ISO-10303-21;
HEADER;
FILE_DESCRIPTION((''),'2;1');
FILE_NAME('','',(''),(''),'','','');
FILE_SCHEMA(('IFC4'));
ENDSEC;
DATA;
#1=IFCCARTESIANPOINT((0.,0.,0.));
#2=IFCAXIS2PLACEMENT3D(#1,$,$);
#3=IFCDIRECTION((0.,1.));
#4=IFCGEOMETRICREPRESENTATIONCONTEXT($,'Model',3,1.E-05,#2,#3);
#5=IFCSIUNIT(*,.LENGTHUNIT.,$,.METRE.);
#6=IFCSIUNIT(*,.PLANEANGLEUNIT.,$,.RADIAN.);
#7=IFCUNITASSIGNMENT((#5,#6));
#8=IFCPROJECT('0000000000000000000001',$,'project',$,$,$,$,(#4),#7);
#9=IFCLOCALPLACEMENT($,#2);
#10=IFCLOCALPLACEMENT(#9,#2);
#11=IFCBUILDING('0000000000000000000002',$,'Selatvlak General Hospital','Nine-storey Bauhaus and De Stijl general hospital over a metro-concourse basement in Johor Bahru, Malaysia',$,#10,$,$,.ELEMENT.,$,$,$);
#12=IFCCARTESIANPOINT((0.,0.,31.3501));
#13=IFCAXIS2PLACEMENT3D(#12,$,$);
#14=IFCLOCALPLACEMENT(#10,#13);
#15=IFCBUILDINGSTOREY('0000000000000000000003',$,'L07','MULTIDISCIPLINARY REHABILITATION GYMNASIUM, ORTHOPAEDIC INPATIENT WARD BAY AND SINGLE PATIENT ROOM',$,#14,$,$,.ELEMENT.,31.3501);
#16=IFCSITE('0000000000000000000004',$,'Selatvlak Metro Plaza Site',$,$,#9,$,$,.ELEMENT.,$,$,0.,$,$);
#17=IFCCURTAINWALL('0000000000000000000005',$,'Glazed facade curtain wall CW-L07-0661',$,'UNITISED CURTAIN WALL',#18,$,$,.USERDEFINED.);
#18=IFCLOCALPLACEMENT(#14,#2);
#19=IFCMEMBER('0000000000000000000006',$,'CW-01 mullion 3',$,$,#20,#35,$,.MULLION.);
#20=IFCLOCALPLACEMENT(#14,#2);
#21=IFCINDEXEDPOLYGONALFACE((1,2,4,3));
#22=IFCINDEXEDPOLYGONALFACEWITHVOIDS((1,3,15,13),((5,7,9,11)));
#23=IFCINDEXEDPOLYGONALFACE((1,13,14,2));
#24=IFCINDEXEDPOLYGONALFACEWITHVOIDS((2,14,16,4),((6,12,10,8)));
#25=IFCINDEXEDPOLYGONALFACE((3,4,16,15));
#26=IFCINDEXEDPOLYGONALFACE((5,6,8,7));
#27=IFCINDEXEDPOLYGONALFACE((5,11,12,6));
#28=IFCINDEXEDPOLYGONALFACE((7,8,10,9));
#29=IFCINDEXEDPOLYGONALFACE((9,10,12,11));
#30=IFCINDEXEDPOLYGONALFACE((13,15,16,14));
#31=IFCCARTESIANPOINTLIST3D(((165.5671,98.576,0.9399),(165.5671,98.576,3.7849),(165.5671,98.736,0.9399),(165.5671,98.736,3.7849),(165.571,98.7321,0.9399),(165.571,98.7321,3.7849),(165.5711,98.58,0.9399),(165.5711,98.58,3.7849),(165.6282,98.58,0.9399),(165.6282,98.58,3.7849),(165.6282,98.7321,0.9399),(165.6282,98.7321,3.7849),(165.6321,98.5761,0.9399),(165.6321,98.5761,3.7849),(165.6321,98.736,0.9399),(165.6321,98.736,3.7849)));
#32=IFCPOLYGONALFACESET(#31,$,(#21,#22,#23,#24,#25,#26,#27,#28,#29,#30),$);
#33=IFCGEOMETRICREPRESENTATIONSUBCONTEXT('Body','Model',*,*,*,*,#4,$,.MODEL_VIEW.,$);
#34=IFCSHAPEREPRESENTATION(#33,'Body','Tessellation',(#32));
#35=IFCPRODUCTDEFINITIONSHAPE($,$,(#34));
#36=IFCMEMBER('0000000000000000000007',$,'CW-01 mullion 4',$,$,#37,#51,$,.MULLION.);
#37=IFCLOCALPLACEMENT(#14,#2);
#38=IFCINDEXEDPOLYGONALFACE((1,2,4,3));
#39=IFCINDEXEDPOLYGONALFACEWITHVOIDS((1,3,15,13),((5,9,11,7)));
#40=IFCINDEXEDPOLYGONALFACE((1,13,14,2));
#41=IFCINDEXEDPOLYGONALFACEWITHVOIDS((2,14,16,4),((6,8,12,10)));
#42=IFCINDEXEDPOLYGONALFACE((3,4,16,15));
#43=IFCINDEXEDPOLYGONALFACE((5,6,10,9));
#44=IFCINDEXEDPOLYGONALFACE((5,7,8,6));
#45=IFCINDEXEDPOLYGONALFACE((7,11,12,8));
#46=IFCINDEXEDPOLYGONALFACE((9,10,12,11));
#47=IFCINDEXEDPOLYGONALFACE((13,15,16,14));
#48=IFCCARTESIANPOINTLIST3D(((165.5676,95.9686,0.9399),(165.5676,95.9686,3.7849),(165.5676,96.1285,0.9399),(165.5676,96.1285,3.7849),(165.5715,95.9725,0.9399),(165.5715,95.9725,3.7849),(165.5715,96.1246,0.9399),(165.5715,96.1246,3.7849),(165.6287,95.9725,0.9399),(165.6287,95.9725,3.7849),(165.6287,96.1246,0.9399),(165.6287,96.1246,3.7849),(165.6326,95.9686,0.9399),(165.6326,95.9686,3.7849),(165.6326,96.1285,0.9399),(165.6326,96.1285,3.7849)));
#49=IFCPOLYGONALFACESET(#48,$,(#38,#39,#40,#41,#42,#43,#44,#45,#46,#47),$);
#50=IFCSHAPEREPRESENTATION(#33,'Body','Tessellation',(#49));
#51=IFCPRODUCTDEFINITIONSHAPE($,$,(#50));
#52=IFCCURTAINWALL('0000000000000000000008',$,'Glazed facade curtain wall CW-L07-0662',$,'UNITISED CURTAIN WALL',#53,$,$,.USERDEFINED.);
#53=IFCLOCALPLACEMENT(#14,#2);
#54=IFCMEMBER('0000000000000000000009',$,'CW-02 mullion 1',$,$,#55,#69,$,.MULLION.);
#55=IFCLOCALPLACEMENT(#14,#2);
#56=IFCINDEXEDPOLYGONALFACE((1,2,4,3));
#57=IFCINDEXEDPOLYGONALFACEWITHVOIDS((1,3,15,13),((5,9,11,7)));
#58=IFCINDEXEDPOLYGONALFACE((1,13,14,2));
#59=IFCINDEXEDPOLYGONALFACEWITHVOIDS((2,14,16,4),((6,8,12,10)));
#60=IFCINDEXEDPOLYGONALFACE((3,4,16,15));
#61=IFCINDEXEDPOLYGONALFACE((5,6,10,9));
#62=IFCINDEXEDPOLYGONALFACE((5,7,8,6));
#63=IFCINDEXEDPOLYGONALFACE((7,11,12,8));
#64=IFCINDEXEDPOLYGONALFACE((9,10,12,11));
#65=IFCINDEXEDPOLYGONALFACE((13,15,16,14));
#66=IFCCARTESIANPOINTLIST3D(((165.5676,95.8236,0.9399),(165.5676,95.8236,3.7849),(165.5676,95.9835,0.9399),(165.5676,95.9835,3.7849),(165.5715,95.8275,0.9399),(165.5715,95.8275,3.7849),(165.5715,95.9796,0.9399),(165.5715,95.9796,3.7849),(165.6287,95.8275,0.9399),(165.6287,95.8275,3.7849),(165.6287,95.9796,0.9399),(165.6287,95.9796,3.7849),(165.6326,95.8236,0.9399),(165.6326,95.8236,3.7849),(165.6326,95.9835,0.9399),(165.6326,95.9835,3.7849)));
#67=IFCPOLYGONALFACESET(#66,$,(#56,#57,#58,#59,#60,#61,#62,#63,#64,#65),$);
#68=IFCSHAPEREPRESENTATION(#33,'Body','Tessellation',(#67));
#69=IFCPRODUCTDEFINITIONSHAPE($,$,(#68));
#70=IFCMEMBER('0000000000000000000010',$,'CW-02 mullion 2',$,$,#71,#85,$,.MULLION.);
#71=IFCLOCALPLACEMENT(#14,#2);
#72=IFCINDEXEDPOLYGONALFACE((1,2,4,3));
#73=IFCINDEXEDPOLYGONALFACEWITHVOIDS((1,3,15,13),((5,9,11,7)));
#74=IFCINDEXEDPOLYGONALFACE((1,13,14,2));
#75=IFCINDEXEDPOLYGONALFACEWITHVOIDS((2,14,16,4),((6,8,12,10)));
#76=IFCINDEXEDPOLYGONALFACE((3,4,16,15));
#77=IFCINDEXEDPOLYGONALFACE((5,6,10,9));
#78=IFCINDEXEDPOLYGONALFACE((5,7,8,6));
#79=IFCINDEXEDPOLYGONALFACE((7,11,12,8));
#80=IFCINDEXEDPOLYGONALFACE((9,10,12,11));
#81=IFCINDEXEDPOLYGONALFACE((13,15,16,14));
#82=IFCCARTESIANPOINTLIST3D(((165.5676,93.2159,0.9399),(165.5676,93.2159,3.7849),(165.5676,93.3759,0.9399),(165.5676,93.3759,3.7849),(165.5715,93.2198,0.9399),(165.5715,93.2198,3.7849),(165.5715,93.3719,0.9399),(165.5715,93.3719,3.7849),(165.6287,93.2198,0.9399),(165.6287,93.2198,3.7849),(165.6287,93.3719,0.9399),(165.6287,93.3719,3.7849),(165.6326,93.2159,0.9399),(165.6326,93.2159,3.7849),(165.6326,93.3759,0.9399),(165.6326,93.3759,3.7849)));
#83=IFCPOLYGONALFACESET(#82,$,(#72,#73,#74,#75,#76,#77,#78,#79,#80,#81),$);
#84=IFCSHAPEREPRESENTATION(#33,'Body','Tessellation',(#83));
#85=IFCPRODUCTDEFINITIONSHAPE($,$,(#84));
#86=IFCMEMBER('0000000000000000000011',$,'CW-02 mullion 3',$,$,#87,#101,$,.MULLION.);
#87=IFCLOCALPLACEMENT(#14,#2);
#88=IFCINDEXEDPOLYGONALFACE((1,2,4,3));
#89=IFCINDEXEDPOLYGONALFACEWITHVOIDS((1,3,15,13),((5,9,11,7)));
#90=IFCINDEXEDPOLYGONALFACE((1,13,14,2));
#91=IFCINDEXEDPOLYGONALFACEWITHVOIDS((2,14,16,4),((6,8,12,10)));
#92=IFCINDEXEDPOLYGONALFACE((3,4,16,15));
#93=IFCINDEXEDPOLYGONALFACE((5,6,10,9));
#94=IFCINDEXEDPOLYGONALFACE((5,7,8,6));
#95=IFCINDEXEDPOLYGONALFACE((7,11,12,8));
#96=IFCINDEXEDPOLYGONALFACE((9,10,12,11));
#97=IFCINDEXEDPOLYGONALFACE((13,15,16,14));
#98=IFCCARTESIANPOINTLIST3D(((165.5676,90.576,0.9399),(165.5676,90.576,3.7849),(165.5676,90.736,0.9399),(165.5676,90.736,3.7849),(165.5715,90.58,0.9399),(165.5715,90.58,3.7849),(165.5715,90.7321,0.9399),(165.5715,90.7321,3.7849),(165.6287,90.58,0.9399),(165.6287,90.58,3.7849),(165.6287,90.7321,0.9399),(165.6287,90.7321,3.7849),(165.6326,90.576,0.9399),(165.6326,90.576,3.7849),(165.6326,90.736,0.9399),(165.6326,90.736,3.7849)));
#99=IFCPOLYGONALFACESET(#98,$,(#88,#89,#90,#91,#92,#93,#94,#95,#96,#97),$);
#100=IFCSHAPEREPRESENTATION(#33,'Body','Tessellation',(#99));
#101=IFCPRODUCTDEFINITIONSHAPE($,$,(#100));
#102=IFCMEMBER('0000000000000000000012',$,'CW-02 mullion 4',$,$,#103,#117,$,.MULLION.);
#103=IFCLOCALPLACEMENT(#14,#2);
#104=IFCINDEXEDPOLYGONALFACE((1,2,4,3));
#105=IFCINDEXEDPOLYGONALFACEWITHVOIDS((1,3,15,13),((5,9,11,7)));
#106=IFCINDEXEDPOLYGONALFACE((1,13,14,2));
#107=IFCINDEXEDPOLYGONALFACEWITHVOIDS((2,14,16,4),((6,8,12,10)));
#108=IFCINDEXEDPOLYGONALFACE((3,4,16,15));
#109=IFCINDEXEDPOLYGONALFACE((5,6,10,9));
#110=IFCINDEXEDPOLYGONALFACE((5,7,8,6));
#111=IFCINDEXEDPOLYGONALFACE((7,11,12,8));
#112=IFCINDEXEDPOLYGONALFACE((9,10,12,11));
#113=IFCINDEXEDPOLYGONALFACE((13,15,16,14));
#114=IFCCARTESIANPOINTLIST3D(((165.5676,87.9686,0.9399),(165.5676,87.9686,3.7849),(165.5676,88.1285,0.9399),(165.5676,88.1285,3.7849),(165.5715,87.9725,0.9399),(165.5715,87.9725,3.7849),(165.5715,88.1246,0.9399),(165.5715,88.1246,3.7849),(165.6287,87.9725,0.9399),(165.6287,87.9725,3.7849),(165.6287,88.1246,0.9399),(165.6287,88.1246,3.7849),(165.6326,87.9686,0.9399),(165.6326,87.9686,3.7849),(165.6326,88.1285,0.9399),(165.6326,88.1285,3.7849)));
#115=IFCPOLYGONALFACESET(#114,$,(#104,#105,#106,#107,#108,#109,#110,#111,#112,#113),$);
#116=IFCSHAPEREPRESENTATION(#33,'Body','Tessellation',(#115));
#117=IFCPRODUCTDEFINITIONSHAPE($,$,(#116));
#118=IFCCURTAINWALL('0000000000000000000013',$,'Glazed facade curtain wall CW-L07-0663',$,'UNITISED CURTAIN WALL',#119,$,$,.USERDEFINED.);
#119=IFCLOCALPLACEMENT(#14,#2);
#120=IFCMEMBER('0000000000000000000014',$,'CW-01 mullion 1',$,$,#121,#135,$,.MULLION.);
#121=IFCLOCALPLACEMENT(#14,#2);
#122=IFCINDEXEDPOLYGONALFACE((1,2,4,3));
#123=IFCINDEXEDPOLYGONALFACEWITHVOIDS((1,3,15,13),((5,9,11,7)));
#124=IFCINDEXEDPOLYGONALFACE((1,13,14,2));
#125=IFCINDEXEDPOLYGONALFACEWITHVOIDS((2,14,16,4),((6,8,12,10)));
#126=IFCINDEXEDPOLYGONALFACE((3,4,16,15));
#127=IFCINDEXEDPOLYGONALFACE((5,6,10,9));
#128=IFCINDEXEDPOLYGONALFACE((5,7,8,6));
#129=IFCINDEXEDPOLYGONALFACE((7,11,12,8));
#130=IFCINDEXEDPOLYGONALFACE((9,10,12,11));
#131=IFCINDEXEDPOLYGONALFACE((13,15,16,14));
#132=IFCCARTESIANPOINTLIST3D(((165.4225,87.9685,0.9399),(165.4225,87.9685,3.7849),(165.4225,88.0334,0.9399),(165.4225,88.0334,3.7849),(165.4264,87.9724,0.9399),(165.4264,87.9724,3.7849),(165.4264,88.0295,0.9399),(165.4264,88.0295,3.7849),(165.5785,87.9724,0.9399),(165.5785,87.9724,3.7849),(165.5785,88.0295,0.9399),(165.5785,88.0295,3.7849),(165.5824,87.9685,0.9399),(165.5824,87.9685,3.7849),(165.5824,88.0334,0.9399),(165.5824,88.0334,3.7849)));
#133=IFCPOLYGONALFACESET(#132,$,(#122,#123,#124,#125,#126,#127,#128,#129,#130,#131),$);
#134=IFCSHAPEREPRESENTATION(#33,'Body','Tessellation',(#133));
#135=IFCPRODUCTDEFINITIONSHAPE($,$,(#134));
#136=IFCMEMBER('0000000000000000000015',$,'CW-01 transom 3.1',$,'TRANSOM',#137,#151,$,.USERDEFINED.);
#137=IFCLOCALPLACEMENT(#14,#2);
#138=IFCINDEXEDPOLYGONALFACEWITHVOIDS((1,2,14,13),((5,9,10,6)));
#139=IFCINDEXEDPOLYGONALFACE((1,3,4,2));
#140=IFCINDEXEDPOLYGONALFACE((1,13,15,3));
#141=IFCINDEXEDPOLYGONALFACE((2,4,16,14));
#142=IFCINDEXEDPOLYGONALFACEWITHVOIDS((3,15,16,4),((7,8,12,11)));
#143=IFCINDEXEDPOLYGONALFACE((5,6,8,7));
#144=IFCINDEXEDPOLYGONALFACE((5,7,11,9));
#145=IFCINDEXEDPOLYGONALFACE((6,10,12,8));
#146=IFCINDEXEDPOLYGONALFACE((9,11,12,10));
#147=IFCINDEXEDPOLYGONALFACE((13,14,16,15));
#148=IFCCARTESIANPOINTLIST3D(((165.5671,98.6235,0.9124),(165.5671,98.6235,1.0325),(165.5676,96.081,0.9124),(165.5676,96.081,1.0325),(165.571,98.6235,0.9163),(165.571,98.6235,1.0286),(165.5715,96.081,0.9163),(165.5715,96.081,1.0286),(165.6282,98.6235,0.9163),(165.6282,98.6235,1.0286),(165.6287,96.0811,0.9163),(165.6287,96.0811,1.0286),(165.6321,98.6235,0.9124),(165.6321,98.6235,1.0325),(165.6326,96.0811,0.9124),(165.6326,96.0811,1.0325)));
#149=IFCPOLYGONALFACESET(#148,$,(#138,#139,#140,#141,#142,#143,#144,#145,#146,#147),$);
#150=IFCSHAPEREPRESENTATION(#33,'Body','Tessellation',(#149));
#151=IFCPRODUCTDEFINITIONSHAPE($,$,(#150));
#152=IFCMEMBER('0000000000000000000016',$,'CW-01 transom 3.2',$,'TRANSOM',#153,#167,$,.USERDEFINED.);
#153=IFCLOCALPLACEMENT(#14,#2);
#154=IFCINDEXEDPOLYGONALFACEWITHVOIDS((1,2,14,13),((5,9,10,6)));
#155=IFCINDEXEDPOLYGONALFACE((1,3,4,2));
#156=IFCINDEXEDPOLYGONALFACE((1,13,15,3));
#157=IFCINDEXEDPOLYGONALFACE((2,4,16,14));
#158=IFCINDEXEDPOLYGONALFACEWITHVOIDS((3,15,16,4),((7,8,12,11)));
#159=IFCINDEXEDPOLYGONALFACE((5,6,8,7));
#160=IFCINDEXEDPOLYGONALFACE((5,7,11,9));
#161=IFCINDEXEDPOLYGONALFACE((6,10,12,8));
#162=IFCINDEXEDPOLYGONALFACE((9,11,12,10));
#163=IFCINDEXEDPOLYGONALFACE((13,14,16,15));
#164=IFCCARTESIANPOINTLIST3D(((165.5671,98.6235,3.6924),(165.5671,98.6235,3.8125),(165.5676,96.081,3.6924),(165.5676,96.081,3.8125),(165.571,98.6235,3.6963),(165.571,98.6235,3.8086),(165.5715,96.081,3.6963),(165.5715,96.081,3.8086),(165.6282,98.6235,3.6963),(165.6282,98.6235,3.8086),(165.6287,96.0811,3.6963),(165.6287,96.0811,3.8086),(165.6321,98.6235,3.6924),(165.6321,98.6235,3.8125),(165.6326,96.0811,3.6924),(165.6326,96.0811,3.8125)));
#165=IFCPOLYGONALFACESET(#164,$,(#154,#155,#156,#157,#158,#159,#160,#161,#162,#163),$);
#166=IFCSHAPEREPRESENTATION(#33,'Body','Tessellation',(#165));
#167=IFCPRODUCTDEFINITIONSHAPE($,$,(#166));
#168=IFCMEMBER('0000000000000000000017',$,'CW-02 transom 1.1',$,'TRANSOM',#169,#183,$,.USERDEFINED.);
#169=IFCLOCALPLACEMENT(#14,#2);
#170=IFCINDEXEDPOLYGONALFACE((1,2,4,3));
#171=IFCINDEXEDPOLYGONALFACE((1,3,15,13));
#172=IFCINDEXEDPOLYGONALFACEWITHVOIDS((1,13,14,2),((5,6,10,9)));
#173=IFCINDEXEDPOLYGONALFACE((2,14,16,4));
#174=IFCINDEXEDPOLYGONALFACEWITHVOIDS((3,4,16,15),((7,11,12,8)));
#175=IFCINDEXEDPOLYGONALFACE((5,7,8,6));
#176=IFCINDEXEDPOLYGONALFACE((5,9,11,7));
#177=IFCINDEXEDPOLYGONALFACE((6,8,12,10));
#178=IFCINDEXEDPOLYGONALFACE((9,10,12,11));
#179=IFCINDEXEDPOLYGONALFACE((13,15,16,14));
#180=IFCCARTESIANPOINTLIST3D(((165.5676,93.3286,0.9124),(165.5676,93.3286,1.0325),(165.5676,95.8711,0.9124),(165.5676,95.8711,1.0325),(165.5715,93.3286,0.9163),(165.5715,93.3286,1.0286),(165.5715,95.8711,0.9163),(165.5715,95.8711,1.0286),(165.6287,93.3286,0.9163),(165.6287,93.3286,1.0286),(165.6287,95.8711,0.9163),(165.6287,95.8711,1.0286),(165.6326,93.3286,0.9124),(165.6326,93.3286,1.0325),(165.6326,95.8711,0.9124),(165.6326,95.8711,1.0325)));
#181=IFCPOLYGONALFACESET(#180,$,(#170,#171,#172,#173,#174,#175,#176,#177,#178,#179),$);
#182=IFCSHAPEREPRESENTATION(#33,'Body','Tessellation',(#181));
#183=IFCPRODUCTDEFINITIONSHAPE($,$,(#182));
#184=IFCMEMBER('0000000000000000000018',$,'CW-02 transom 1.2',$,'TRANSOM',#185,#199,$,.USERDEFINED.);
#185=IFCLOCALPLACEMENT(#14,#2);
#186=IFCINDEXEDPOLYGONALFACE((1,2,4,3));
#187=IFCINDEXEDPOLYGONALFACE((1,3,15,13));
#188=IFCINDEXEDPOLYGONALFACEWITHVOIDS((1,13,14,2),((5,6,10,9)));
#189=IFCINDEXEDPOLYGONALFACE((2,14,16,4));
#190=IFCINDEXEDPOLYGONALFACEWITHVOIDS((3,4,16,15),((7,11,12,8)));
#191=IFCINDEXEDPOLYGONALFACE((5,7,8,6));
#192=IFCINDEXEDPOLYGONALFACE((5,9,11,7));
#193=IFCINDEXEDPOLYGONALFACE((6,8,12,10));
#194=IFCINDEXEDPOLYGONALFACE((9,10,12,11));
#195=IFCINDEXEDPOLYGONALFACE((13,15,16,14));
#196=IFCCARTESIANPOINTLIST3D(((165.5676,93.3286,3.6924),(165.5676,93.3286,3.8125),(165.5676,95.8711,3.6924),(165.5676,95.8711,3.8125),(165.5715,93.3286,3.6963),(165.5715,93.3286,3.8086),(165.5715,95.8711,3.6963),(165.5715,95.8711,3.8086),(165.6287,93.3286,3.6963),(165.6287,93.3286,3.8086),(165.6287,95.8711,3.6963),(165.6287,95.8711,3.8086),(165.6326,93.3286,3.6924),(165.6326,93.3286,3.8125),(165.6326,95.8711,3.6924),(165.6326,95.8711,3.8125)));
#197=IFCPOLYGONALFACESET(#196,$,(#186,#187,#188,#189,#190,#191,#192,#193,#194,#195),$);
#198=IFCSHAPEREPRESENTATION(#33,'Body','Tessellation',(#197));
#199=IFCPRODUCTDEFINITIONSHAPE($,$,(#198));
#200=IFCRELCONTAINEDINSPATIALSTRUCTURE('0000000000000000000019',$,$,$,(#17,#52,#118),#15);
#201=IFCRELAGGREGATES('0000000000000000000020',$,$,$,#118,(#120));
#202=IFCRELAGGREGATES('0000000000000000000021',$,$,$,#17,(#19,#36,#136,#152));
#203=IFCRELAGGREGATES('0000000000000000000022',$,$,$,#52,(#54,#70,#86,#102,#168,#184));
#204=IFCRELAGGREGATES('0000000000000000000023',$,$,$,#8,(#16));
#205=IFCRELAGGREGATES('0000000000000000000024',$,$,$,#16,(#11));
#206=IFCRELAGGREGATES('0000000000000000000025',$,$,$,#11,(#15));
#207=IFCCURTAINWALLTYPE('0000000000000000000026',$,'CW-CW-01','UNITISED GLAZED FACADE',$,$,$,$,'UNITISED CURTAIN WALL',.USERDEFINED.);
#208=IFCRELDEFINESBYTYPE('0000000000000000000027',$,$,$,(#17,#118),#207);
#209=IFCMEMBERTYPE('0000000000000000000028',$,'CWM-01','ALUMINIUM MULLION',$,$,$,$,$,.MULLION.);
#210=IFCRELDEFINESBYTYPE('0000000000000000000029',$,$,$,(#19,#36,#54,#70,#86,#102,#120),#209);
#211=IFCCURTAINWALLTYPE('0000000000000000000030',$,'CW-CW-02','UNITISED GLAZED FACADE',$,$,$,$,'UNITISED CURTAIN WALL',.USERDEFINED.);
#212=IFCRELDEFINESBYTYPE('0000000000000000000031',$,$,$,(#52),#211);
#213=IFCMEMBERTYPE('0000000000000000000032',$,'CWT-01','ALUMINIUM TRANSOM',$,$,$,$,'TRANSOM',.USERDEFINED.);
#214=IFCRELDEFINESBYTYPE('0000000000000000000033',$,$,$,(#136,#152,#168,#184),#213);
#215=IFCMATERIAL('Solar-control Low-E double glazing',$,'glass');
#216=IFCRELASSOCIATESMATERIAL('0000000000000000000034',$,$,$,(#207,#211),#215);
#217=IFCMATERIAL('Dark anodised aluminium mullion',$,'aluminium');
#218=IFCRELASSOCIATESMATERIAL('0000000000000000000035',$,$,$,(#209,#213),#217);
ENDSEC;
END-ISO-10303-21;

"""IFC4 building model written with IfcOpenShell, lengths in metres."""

from ifc_helpers import new_model, si_unit, direction, frame, origin, origin_2d, place, context, subcontext, project, spatial, hollow_rectangle, extrude, material, material_profile, profile_set, type_object, element, aggregate, save


model = new_model("IFC4")

# Units and contexts
model_context = context("Model", 3, precision=1e-05, world=origin(), true_north=direction((0.0, 1.0)))
body_context = subcontext(model_context, "Body", "Model", "MODEL_VIEW")
ifc_project = project(units=[si_unit("LENGTHUNIT", "METRE"), si_unit("PLANEANGLEUNIT", "RADIAN")], contexts=[model_context])

# Site, building, storey
site_placement = place(None, origin())
site = spatial("IfcSite", under=ifc_project, at=site_placement, Name="Selatvlak Metro Plaza Site", CompositionType="ELEMENT", RefElevation=0.0)
building_placement = place(site_placement, origin())
building = spatial("IfcBuilding", under=site, at=building_placement, Name="Selatvlak General Hospital", Description="Nine-storey Bauhaus and De Stijl general hospital over a metro-concourse basement in Johor Bahru, Malaysia", CompositionType="ELEMENT")
storey_placement = place(building_placement, frame((0.0, 0.0, 31.3501)))
storey = spatial("IfcBuildingStorey", under=building, at=storey_placement, Name="L07", Description="MULTIDISCIPLINARY REHABILITATION GYMNASIUM, ORTHOPAEDIC INPATIENT WARD BAY AND SINGLE PATIENT ROOM", CompositionType="ELEMENT", Elevation=31.3501)

# Curtain walls, members
ifc_material_1 = material(Name="Solar-control Low-E double glazing", Category="glass")
curtain_wall_type_1 = type_object("IfcCurtainWallType", Name="CW-CW-01", Description="UNITISED GLAZED FACADE", ElementType="UNITISED CURTAIN WALL", PredefinedType="USERDEFINED", material=ifc_material_1)
curtain_wall_1_placement = place(storey_placement, origin())
curtain_wall_1 = element("IfcCurtainWall", 1, at=curtain_wall_1_placement, inside=storey, type_object=curtain_wall_type_1, Name="Glazed facade curtain wall CW-L07-0661", ObjectType="UNITISED CURTAIN WALL", PredefinedType="USERDEFINED")
ifc_material_2 = material(Name="Dark anodised aluminium mullion", Category="aluminium")
ifc_material_profile_1 = material_profile(ifc_material_2, hollow_rectangle(XDim=0.0649, YDim=0.1599, WallThickness=0.0039, at=origin_2d()), Name="AL-MUL 65x160x4")
ifc_profile_set_1 = profile_set([ifc_material_profile_1], Name="Dark anodised aluminium mullion")
member_type_1 = type_object("IfcMemberType", Name="CWM-01", Description="ALUMINIUM MULLION", PredefinedType="MULLION", material=ifc_profile_set_1)
member_1_placement = place(storey_placement, frame((165.5996, 98.656, 0.9399), z_axis=(0.0, 0.0, 1.0), x_axis=(1.0, 0.000126, 0.0)))
member_1 = element("IfcMember", 2, at=member_1_placement, type_object=member_type_1, Name="CW-01 mullion 3", PredefinedType="MULLION", context=body_context, shape_type="SweptSolid", body=[
    extrude(hollow_rectangle(XDim=0.0649, YDim=0.1599, WallThickness=0.0039, at=origin_2d()), origin(), (0.0, 0.0, 1.0), 2.845),
])
member_2_placement = place(storey_placement, frame((165.6001, 96.0486, 0.9399), z_axis=(0.0, 0.0, 1.0), x_axis=(1.0, 0.000126, 0.0)))
member_2 = element("IfcMember", 3, at=member_2_placement, type_object=member_type_1, Name="CW-01 mullion 4", PredefinedType="MULLION", context=body_context, shape_type="SweptSolid", body=[
    extrude(hollow_rectangle(XDim=0.0649, YDim=0.1599, WallThickness=0.0039, at=origin_2d()), origin(), (0.0, 0.0, 1.0), 2.845),
])
curtain_wall_type_2 = type_object("IfcCurtainWallType", Name="CW-CW-02", Description="UNITISED GLAZED FACADE", ElementType="UNITISED CURTAIN WALL", PredefinedType="USERDEFINED", material=ifc_material_1)
curtain_wall_2_placement = place(storey_placement, origin())
curtain_wall_2 = element("IfcCurtainWall", 4, at=curtain_wall_2_placement, inside=storey, type_object=curtain_wall_type_2, Name="Glazed facade curtain wall CW-L07-0662", ObjectType="UNITISED CURTAIN WALL", PredefinedType="USERDEFINED")
member_3_placement = place(storey_placement, frame((165.6001, 95.9036, 0.9399), z_axis=(0.0, 0.0, 1.0), x_axis=(1.0, 0.0, 0.0)))
member_3 = element("IfcMember", 5, at=member_3_placement, type_object=member_type_1, Name="CW-02 mullion 1", PredefinedType="MULLION", context=body_context, shape_type="SweptSolid", body=[
    extrude(hollow_rectangle(XDim=0.0649, YDim=0.1599, WallThickness=0.0039, at=origin_2d()), origin(), (0.0, 0.0, 1.0), 2.845),
])
member_4_placement = place(storey_placement, frame((165.6001, 93.2959, 0.9399), z_axis=(0.0, 0.0, 1.0), x_axis=(1.0, 0.0, 0.0)))
member_4 = element("IfcMember", 6, at=member_4_placement, type_object=member_type_1, Name="CW-02 mullion 2", PredefinedType="MULLION", context=body_context, shape_type="SweptSolid", body=[
    extrude(hollow_rectangle(XDim=0.0649, YDim=0.1599, WallThickness=0.0039, at=origin_2d()), origin(), (0.0, 0.0, 1.0), 2.845),
])
member_5_placement = place(storey_placement, frame((165.6001, 90.656, 0.9399), z_axis=(0.0, 0.0, 1.0), x_axis=(1.0, 0.0, 0.0)))
member_5 = element("IfcMember", 7, at=member_5_placement, type_object=member_type_1, Name="CW-02 mullion 3", PredefinedType="MULLION", context=body_context, shape_type="SweptSolid", body=[
    extrude(hollow_rectangle(XDim=0.0649, YDim=0.1599, WallThickness=0.0039, at=origin_2d()), origin(), (0.0, 0.0, 1.0), 2.845),
])
member_6_placement = place(storey_placement, frame((165.6001, 88.0486, 0.9399), z_axis=(0.0, 0.0, 1.0), x_axis=(1.0, 0.0, 0.0)))
member_6 = element("IfcMember", 8, at=member_6_placement, type_object=member_type_1, Name="CW-02 mullion 4", PredefinedType="MULLION", context=body_context, shape_type="SweptSolid", body=[
    extrude(hollow_rectangle(XDim=0.0649, YDim=0.1599, WallThickness=0.0039, at=origin_2d()), origin(), (0.0, 0.0, 1.0), 2.845),
])

# Curtain wall, member
curtain_wall_3_placement = place(storey_placement, origin())
curtain_wall_3 = element("IfcCurtainWall", 9, at=curtain_wall_3_placement, inside=storey, type_object=curtain_wall_type_1, Name="Glazed facade curtain wall CW-L07-0663", ObjectType="UNITISED CURTAIN WALL", PredefinedType="USERDEFINED")
member_7_placement = place(storey_placement, frame((165.5024, 88.001, 0.9399), z_axis=(0.0, 0.0, 1.0), x_axis=(0.0, -1.0, 0.0)))
member_7 = element("IfcMember", 10, at=member_7_placement, type_object=member_type_1, Name="CW-01 mullion 1", PredefinedType="MULLION", context=body_context, shape_type="SweptSolid", body=[
    extrude(hollow_rectangle(XDim=0.0649, YDim=0.1599, WallThickness=0.0039, at=origin_2d()), origin(), (0.0, 0.0, 1.0), 2.845),
])

# Members
ifc_material_profile_2 = material_profile(ifc_material_2, hollow_rectangle(XDim=0.0649, YDim=0.1201, WallThickness=0.0039, at=origin_2d()), Name="AL-TRN 65x120x4")
ifc_profile_set_2 = profile_set([ifc_material_profile_2], Name="Dark anodised aluminium mullion")
member_type_2 = type_object("IfcMemberType", Name="CWT-01", Description="ALUMINIUM TRANSOM", ElementType="TRANSOM", PredefinedType="USERDEFINED", material=ifc_profile_set_2)
member_8_placement = place(storey_placement, frame((165.5996, 98.6235, 0.9724), z_axis=(0.000192, -1.0, 0.0), x_axis=(1.0, 0.000192, 0.0)))
member_8 = element("IfcMember", 11, at=member_8_placement, type_object=member_type_2, Name="CW-01 transom 3.1", ObjectType="TRANSOM", PredefinedType="USERDEFINED", context=body_context, shape_type="SweptSolid", body=[
    extrude(hollow_rectangle(XDim=0.0649, YDim=0.1201, WallThickness=0.0039, at=origin_2d()), origin(), (0.0, 0.0, 1.0), 2.5425),
])
member_9_placement = place(storey_placement, frame((165.5996, 98.6235, 3.7524), z_axis=(0.000192, -1.0, 0.0), x_axis=(1.0, 0.000192, 0.0)))
member_9 = element("IfcMember", 12, at=member_9_placement, type_object=member_type_2, Name="CW-01 transom 3.2", ObjectType="TRANSOM", PredefinedType="USERDEFINED", context=body_context, shape_type="SweptSolid", body=[
    extrude(hollow_rectangle(XDim=0.0649, YDim=0.1201, WallThickness=0.0039, at=origin_2d()), origin(), (0.0, 0.0, 1.0), 2.5425),
])
member_10_placement = place(storey_placement, frame((165.6001, 95.8711, 0.9724), z_axis=(0.0, -1.0, 0.0), x_axis=(1.0, 0.0, 0.0)))
member_10 = element("IfcMember", 13, at=member_10_placement, type_object=member_type_2, Name="CW-02 transom 1.1", ObjectType="TRANSOM", PredefinedType="USERDEFINED", context=body_context, shape_type="SweptSolid", body=[
    extrude(hollow_rectangle(XDim=0.0649, YDim=0.1201, WallThickness=0.0039, at=origin_2d()), origin(), (0.0, 0.0, 1.0), 2.5425),
])
member_11_placement = place(storey_placement, frame((165.6001, 95.8711, 3.7524), z_axis=(0.0, -1.0, 0.0), x_axis=(1.0, 0.0, 0.0)))
member_11 = element("IfcMember", 14, at=member_11_placement, type_object=member_type_2, Name="CW-02 transom 1.2", ObjectType="TRANSOM", PredefinedType="USERDEFINED", context=body_context, shape_type="SweptSolid", body=[
    extrude(hollow_rectangle(XDim=0.0649, YDim=0.1201, WallThickness=0.0039, at=origin_2d()), origin(), (0.0, 0.0, 1.0), 2.5425),
])
aggregate(curtain_wall_3, [member_7])

aggregate(curtain_wall_1, [member_1, member_2, member_8, member_9])
aggregate(curtain_wall_2, [member_3, member_4, member_5, member_6, member_10, member_11])

save(model, "model.ifc")
